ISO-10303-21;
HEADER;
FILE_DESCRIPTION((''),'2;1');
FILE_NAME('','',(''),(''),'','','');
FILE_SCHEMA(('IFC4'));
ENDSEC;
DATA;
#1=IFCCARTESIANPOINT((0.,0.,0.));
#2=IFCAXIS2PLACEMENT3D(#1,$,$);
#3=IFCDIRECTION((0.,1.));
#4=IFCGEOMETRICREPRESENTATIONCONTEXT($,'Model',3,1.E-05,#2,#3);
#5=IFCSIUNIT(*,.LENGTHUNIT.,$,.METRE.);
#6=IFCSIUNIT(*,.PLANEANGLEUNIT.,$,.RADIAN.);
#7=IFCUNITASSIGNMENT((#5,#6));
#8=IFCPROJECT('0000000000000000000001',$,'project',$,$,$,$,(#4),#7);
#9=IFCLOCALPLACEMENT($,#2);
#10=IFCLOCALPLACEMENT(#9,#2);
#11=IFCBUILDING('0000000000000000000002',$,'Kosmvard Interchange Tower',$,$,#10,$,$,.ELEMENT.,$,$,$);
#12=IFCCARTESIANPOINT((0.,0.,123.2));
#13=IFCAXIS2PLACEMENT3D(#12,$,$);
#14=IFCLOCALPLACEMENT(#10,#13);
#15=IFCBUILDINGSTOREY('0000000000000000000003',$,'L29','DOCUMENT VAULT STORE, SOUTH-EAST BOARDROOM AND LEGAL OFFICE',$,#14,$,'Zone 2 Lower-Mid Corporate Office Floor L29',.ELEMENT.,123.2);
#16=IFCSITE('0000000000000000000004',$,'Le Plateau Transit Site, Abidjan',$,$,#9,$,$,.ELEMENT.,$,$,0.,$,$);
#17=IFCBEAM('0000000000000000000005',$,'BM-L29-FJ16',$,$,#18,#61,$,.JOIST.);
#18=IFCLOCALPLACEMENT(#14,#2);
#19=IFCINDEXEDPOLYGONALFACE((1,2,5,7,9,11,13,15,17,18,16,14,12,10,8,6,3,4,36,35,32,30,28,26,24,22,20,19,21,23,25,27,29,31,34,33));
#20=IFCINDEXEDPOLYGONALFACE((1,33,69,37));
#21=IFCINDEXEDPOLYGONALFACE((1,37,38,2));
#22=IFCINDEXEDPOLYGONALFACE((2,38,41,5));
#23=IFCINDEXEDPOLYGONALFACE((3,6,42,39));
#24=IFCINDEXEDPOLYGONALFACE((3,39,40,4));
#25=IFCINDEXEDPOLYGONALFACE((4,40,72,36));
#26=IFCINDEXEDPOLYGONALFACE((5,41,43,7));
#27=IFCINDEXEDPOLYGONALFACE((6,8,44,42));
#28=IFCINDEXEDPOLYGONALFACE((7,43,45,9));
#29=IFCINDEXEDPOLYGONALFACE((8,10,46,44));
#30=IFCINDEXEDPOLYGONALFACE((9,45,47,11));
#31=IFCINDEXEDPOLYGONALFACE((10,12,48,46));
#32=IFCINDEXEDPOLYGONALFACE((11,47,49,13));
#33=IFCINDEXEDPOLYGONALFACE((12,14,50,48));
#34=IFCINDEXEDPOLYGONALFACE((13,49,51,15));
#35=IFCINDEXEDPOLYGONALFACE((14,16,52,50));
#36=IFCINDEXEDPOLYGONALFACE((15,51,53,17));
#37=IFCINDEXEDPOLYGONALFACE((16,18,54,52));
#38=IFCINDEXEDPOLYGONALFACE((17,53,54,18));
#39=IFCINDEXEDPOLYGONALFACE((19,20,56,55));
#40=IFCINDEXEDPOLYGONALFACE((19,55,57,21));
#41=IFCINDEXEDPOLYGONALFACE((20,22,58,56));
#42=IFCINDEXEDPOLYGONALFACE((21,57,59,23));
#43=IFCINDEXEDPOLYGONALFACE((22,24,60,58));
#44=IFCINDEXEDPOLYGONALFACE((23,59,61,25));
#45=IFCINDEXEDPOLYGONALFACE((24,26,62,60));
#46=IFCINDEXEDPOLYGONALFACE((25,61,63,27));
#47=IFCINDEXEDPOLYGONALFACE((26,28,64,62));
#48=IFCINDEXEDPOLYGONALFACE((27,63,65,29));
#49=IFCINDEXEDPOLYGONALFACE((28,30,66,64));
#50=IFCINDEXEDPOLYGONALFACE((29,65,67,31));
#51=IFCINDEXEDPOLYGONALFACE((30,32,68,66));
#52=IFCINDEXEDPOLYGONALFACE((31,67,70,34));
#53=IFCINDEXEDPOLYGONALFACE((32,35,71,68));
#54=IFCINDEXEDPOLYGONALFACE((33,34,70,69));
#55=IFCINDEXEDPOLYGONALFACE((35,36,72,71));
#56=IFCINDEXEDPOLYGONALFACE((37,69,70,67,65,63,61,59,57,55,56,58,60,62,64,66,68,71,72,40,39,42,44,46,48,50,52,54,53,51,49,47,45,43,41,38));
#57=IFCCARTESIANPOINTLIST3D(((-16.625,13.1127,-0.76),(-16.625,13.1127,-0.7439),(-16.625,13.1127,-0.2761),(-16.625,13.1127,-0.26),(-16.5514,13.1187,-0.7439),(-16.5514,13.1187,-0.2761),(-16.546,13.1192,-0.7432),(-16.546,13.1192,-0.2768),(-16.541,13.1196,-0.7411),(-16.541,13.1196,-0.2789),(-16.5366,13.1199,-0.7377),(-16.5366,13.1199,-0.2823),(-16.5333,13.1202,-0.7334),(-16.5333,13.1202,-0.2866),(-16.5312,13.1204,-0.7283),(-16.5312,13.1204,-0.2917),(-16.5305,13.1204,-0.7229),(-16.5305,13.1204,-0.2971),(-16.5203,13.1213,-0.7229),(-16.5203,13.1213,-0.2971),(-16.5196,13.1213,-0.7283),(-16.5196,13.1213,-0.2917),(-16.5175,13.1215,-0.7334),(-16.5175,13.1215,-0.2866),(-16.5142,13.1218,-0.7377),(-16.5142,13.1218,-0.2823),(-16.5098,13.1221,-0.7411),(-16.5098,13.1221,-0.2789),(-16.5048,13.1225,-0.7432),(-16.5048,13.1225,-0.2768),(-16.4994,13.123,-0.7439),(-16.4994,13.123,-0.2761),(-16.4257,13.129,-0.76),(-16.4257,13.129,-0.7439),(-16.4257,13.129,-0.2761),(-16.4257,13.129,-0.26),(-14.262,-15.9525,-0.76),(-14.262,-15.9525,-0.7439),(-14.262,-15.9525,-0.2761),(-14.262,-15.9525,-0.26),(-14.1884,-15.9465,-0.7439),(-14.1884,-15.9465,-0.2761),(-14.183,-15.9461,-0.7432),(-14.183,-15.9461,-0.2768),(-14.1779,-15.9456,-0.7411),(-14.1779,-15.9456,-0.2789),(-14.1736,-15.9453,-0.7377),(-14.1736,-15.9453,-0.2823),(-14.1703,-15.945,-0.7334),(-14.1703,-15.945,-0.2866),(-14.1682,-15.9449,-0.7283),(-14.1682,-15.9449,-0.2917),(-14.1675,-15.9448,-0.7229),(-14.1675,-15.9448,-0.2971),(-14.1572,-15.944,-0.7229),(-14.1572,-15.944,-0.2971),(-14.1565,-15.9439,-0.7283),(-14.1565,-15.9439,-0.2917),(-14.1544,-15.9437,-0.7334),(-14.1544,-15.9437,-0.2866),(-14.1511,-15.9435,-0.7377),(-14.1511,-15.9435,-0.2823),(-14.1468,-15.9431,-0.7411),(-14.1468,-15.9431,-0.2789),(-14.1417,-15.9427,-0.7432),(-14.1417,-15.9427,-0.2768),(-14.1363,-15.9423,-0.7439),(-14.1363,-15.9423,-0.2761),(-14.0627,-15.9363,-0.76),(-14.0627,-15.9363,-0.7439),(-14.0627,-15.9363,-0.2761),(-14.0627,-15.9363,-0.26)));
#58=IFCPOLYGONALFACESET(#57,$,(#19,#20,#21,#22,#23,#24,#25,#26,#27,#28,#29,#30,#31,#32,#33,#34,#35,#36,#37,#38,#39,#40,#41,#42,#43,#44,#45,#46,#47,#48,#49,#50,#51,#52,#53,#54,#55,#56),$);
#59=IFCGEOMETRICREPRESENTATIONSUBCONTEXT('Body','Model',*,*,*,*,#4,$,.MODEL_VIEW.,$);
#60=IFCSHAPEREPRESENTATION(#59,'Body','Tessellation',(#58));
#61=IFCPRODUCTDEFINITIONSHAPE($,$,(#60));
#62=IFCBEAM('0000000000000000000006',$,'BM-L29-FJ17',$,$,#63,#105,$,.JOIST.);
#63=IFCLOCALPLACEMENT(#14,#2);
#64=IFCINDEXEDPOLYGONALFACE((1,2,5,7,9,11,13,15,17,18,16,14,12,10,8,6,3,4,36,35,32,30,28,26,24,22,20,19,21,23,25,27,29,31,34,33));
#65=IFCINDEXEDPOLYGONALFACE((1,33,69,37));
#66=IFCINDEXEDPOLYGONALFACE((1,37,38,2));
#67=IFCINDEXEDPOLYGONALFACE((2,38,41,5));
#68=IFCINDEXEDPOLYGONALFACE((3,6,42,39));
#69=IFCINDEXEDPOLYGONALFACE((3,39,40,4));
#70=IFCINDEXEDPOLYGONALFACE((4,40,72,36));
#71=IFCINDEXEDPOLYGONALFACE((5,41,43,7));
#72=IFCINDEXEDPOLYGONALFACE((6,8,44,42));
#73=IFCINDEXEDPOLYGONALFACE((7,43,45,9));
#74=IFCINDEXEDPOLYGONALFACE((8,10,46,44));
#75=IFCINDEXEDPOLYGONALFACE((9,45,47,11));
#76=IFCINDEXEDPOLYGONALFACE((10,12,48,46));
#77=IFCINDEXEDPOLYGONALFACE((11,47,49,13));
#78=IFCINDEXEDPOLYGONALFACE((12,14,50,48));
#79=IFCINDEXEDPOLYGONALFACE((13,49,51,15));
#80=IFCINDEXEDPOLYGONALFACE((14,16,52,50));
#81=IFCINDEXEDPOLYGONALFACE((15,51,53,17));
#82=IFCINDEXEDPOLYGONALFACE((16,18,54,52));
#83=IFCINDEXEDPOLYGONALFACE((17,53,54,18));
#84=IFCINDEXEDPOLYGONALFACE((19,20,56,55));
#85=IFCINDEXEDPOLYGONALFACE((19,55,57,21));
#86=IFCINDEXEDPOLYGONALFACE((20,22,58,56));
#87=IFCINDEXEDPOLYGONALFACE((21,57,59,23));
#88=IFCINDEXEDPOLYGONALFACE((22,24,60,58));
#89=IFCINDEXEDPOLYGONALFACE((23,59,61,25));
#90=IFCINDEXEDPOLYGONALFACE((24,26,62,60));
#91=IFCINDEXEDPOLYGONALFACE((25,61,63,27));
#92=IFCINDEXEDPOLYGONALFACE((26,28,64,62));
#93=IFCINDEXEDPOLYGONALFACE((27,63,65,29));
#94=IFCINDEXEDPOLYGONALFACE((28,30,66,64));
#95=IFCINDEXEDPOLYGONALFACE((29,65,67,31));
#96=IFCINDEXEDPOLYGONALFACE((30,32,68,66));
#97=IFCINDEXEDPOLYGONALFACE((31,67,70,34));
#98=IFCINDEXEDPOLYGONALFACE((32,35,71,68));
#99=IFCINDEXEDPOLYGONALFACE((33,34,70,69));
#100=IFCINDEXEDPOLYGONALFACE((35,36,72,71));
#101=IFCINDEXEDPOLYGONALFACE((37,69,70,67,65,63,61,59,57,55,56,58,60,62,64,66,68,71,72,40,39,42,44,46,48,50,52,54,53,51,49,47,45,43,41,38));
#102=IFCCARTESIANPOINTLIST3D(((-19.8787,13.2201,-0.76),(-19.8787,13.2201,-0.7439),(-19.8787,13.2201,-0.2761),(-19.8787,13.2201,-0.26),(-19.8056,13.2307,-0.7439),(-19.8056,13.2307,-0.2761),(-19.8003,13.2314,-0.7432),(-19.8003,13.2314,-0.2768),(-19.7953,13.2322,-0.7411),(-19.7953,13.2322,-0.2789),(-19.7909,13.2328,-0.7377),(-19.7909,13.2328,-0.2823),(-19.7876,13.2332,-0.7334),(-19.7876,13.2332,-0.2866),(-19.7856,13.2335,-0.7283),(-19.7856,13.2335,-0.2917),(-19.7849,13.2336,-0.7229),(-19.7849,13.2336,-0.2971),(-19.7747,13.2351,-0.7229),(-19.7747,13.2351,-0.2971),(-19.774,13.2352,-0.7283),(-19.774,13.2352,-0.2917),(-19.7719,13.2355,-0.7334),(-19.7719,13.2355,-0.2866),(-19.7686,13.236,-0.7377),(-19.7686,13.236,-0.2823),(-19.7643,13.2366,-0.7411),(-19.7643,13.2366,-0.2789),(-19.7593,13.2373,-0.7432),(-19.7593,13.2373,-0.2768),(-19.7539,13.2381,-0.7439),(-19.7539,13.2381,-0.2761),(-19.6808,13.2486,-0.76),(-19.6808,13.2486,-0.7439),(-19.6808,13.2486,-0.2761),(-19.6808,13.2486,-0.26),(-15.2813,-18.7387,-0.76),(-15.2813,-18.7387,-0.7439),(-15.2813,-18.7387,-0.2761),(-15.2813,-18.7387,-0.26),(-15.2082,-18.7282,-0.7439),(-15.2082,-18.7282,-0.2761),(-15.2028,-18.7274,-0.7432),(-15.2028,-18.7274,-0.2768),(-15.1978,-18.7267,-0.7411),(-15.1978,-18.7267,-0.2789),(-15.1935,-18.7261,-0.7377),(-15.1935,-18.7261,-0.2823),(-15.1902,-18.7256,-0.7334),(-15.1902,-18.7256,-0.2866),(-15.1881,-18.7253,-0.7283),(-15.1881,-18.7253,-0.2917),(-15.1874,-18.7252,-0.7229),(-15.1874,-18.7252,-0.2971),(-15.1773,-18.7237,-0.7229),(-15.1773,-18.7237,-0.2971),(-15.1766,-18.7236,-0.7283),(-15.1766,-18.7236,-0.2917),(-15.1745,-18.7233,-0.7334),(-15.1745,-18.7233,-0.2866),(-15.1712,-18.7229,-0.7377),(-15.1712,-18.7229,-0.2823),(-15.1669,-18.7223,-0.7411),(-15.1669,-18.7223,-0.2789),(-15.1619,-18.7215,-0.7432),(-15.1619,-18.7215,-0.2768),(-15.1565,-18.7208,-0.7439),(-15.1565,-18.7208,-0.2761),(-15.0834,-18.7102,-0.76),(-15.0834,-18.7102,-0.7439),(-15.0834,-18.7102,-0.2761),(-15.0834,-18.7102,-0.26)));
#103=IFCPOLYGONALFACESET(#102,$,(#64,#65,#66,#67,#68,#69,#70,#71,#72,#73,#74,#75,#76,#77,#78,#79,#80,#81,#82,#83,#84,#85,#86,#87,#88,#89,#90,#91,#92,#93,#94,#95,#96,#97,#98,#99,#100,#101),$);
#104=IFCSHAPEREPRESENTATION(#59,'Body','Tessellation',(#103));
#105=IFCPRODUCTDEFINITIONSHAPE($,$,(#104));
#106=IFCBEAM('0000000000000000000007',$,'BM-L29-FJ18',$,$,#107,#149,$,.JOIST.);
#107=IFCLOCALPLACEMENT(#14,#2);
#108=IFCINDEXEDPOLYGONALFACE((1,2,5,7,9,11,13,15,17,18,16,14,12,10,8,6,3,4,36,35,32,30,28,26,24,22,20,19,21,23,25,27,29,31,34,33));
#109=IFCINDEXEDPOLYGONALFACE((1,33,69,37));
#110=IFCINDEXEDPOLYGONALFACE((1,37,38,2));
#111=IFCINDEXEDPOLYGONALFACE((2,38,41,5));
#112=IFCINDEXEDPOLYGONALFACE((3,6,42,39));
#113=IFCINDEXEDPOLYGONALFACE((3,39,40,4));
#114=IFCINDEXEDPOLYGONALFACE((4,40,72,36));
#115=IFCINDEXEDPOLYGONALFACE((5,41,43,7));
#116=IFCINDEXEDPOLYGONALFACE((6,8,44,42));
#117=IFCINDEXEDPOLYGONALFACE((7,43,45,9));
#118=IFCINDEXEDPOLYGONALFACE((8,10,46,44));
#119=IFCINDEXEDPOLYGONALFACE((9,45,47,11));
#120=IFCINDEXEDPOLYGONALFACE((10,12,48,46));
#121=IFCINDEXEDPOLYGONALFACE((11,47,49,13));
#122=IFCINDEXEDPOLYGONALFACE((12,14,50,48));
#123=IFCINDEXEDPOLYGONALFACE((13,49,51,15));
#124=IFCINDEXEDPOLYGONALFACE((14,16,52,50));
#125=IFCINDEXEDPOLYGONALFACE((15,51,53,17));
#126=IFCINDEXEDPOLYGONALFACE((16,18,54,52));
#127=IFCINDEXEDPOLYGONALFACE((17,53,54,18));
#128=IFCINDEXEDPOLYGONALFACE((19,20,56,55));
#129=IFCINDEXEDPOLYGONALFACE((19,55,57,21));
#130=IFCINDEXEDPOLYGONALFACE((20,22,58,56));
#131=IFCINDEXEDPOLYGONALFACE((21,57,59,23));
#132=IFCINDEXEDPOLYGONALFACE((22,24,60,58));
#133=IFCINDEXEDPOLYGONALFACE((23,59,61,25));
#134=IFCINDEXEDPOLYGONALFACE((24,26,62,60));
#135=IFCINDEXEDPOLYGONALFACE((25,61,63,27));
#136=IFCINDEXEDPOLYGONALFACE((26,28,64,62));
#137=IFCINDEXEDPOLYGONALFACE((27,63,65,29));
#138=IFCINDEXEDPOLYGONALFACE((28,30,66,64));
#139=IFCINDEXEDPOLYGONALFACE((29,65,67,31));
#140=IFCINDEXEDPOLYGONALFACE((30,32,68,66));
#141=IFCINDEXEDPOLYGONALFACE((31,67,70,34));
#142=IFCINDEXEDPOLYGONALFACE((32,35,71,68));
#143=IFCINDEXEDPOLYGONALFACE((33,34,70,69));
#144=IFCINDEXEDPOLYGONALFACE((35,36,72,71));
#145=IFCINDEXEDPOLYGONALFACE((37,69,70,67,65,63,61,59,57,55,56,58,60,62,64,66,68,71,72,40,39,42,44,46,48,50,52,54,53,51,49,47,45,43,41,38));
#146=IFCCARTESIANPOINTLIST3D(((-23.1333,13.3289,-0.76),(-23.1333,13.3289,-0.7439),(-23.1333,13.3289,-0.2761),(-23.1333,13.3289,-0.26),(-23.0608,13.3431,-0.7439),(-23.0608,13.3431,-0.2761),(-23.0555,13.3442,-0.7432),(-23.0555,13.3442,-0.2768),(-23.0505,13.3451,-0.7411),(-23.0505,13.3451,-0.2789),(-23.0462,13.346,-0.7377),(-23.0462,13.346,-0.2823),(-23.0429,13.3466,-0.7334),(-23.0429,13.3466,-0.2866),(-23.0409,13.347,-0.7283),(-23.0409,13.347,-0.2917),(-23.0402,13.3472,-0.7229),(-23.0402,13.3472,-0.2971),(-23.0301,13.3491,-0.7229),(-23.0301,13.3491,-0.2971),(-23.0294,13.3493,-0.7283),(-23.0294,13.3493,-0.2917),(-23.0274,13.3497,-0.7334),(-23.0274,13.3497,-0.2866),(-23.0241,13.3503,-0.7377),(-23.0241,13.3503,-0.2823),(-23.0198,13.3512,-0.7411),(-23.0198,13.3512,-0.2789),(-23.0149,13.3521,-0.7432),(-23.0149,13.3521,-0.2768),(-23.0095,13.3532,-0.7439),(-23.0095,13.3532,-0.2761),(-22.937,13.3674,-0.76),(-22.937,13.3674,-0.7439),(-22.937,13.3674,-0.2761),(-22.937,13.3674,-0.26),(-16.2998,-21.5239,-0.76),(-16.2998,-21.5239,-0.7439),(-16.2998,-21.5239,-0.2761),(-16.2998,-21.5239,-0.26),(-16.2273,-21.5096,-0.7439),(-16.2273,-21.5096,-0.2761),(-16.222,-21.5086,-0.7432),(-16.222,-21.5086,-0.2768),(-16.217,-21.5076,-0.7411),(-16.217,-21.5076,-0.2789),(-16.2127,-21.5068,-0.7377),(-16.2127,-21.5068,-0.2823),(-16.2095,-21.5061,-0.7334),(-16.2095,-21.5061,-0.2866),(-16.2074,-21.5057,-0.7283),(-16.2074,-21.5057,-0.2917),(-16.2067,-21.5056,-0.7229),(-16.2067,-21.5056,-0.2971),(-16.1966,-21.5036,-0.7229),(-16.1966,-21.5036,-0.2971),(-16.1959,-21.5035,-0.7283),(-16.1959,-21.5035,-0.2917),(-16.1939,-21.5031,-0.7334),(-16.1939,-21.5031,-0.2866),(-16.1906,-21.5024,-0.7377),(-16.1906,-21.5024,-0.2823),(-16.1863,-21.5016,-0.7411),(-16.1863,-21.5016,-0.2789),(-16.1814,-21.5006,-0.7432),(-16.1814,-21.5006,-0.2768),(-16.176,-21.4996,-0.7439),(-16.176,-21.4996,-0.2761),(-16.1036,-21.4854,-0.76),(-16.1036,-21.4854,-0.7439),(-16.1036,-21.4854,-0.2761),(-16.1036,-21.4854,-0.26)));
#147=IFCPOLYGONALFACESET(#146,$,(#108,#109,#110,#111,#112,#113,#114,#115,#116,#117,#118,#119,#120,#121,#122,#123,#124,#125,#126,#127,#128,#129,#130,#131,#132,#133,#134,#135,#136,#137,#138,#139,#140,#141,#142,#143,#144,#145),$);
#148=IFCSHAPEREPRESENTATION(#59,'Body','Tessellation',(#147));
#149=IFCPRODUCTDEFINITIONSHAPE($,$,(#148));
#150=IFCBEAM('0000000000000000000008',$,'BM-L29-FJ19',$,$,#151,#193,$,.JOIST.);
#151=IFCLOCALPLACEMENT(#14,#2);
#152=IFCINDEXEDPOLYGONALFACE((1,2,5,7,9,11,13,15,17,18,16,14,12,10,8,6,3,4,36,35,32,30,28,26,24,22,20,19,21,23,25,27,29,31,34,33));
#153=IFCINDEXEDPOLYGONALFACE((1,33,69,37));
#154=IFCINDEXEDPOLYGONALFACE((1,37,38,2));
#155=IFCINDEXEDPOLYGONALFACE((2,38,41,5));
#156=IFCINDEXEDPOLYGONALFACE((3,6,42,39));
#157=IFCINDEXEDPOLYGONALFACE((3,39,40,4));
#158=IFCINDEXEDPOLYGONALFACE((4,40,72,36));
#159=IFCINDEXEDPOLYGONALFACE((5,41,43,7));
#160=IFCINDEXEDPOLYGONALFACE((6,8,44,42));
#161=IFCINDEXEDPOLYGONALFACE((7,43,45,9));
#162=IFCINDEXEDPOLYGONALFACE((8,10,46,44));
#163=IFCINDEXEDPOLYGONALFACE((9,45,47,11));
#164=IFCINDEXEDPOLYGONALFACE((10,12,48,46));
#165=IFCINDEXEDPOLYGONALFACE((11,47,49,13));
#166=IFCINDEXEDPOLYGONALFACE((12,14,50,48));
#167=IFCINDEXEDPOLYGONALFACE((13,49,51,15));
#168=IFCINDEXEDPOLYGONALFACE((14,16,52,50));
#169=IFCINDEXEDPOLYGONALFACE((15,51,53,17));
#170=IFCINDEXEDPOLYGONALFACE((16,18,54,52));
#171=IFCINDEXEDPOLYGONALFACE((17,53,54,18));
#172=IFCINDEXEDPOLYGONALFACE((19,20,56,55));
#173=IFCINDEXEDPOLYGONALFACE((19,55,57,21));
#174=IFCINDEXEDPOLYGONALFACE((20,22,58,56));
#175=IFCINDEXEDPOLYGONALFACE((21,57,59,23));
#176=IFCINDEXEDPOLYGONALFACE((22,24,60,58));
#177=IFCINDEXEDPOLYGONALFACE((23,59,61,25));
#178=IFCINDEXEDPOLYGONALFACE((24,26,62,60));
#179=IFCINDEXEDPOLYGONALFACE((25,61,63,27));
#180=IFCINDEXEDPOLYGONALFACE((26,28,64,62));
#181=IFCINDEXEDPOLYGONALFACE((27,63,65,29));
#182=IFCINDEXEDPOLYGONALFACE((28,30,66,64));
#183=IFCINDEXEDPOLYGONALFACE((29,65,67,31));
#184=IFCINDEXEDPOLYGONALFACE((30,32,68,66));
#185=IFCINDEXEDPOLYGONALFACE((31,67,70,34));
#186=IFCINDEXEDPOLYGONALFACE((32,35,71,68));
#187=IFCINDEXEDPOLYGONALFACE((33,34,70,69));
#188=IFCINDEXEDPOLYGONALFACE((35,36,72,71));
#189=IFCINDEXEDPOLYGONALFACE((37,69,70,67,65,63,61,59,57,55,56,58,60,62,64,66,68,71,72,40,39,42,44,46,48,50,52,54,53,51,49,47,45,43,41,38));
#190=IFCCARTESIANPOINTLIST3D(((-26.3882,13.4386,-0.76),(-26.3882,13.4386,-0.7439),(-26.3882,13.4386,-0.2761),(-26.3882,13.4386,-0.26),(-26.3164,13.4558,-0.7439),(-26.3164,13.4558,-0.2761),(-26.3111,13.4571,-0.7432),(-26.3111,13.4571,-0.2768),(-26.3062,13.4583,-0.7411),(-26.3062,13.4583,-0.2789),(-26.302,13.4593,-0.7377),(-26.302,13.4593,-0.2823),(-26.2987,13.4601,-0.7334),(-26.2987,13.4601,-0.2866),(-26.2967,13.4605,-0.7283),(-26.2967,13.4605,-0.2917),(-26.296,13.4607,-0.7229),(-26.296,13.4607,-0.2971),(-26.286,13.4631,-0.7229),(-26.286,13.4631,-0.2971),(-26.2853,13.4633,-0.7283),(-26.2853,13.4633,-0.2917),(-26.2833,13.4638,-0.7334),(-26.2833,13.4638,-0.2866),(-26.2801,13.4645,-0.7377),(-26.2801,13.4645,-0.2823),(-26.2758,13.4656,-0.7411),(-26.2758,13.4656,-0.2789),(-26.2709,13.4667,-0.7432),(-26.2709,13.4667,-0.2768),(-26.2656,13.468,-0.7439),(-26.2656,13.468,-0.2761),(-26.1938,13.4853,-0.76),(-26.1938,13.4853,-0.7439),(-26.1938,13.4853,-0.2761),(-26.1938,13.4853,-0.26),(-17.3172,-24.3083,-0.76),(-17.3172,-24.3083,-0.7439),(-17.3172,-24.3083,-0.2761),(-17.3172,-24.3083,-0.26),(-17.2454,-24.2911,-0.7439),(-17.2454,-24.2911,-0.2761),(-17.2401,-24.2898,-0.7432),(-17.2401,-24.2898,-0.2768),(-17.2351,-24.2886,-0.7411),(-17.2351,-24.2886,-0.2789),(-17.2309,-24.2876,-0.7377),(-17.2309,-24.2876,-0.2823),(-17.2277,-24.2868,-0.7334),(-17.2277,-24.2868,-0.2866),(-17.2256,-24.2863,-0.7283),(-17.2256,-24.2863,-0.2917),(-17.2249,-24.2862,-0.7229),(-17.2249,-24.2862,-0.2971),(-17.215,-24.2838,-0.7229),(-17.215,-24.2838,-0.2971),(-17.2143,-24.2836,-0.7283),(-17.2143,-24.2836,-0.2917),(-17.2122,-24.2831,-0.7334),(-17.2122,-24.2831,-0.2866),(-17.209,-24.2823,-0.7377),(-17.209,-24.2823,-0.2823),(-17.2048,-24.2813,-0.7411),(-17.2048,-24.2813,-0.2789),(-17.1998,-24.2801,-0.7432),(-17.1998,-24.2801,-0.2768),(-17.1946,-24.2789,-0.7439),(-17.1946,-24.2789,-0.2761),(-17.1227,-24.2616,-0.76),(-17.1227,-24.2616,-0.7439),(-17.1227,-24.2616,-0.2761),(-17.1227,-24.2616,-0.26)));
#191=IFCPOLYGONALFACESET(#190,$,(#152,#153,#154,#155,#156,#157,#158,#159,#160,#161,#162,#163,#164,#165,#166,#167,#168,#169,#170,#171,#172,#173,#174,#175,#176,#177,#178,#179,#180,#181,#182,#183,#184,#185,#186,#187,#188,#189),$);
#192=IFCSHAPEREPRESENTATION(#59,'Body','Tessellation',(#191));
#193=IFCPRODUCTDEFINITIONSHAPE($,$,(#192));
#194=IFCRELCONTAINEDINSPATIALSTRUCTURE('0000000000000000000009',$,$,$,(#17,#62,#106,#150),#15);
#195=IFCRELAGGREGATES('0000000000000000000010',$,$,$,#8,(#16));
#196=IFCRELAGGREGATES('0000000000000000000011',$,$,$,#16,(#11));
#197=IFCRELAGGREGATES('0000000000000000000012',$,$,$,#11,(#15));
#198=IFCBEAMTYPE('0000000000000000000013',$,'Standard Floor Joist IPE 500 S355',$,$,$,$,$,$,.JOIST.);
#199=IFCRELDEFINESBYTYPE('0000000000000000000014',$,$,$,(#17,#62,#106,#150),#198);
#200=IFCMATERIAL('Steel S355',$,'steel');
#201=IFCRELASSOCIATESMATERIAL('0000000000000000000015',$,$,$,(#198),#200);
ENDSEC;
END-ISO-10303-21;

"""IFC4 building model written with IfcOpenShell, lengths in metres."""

from ifc_helpers import new_model, si_unit, direction, frame, origin, origin_2d, place, context, subcontext, project, spatial, i_section, extrude, source, transform, mapped, material, material_profile, profile_set, type_object, element, save


model = new_model("IFC4")

# Units and contexts
model_context = context("Model", 3, precision=1e-05, world=origin(), true_north=direction((0.0, 1.0)))
body_context = subcontext(model_context, "Body", "Model", "MODEL_VIEW")
ifc_project = project(units=[si_unit("LENGTHUNIT", "METRE"), si_unit("PLANEANGLEUNIT", "RADIAN")], contexts=[model_context])

# Site, building, storey
site_placement = place(None, origin())
site = spatial("IfcSite", under=ifc_project, at=site_placement, Name="Le Plateau Transit Site, Abidjan", CompositionType="ELEMENT", RefElevation=0.0)
building_placement = place(site_placement, origin())
building = spatial("IfcBuilding", under=site, at=building_placement, Name="Kosmvard Interchange Tower", CompositionType="ELEMENT")
storey_placement = place(building_placement, frame((0.0, 0.0, 123.2)))
storey = spatial("IfcBuildingStorey", under=building, at=storey_placement, Name="L29", Description="DOCUMENT VAULT STORE, SOUTH-EAST BOARDROOM AND LEGAL OFFICE", LongName="Zone 2 Lower-Mid Corporate Office Floor L29", CompositionType="ELEMENT", Elevation=123.2)

# Beams
ifc_material_1 = material(Name="Steel S355", Category="steel")
ifc_material_profile_1 = material_profile(ifc_material_1, i_section(OverallWidth=0.2, OverallDepth=0.5, WebThickness=0.0103, FlangeThickness=0.0161, FilletRadius=0.021, at=origin_2d()), Name="IPE 500")
ifc_profile_set_1 = profile_set([ifc_material_profile_1], Name="Steel S355")
beam_type_1 = type_object("IfcBeamType", Name="Standard Floor Joist IPE 500 S355", PredefinedType="JOIST", material=ifc_profile_set_1)
shared_shape_1 = source(origin(), body_context, "Body", "SweptSolid", [
    extrude(i_section(OverallWidth=0.2, OverallDepth=0.5, WebThickness=0.0103, FlangeThickness=0.0161, FilletRadius=0.021, at=origin_2d()), origin(), (0.0, 0.0, 1.0), 29.1611),
])
beam_1_placement = place(storey_placement, frame((-16.5254, 13.1208, -0.51), z_axis=(0.081034, -0.996711, 0.0), x_axis=(0.996711, 0.081034, 0.0)))
element("IfcBeam", 1, at=beam_1_placement, inside=storey, type_object=beam_type_1, Name="BM-L29-FJ16", PredefinedType="JOIST", context=body_context, shape_type="MappedRepresentation", body=[
    mapped(shared_shape_1, transform((0.0, 0.0, 0.0), scale=1.0)),
])
shared_shape_2 = source(origin(), body_context, "Body", "SweptSolid", [
    extrude(i_section(OverallWidth=0.2, OverallDepth=0.5, WebThickness=0.0103, FlangeThickness=0.0161, FilletRadius=0.021, at=origin_2d()), origin(), (0.0, 0.0, 1.0), 32.2878),
])
beam_2_placement = place(storey_placement, frame((-19.7798, 13.2344, -0.51), z_axis=(0.142389, -0.989811, 0.0), x_axis=(0.989811, 0.142389, 0.0)))
element("IfcBeam", 2, at=beam_2_placement, inside=storey, type_object=beam_type_1, Name="BM-L29-FJ17", PredefinedType="JOIST", context=body_context, shape_type="MappedRepresentation", body=[
    mapped(shared_shape_2, transform((0.0, 0.0, 0.0), scale=1.0)),
])
shared_shape_3 = source(origin(), body_context, "Body", "SweptSolid", [
    extrude(i_section(OverallWidth=0.2, OverallDepth=0.5, WebThickness=0.0103, FlangeThickness=0.0161, FilletRadius=0.021, at=origin_2d()), origin(), (0.0, 0.0, 1.0), 35.5164),
])
beam_3_placement = place(storey_placement, frame((-23.0352, 13.3481, -0.51), z_axis=(0.192404, -0.981316, 0.0), x_axis=(0.981316, 0.192404, 0.0)))
element("IfcBeam", 3, at=beam_3_placement, inside=storey, type_object=beam_type_1, Name="BM-L29-FJ18", PredefinedType="JOIST", context=body_context, shape_type="MappedRepresentation", body=[
    mapped(shared_shape_3, transform((0.0, 0.0, 0.0), scale=1.0)),
])
shared_shape_4 = source(origin(), body_context, "Body", "SweptSolid", [
    extrude(i_section(OverallWidth=0.2, OverallDepth=0.5, WebThickness=0.0103, FlangeThickness=0.0161, FilletRadius=0.021, at=origin_2d()), origin(), (0.0, 0.0, 1.0), 38.8215),
])
beam_4_placement = place(storey_placement, frame((-26.291, 13.4619, -0.51), z_axis=(0.233661, -0.972318, 0.0), x_axis=(0.972318, 0.233661, 0.0)))
element("IfcBeam", 4, at=beam_4_placement, inside=storey, type_object=beam_type_1, Name="BM-L29-FJ19", PredefinedType="JOIST", context=body_context, shape_type="MappedRepresentation", body=[
    mapped(shared_shape_4, transform((0.0, 0.0, 0.0), scale=1.0)),
])

save(model, "model.ifc")
